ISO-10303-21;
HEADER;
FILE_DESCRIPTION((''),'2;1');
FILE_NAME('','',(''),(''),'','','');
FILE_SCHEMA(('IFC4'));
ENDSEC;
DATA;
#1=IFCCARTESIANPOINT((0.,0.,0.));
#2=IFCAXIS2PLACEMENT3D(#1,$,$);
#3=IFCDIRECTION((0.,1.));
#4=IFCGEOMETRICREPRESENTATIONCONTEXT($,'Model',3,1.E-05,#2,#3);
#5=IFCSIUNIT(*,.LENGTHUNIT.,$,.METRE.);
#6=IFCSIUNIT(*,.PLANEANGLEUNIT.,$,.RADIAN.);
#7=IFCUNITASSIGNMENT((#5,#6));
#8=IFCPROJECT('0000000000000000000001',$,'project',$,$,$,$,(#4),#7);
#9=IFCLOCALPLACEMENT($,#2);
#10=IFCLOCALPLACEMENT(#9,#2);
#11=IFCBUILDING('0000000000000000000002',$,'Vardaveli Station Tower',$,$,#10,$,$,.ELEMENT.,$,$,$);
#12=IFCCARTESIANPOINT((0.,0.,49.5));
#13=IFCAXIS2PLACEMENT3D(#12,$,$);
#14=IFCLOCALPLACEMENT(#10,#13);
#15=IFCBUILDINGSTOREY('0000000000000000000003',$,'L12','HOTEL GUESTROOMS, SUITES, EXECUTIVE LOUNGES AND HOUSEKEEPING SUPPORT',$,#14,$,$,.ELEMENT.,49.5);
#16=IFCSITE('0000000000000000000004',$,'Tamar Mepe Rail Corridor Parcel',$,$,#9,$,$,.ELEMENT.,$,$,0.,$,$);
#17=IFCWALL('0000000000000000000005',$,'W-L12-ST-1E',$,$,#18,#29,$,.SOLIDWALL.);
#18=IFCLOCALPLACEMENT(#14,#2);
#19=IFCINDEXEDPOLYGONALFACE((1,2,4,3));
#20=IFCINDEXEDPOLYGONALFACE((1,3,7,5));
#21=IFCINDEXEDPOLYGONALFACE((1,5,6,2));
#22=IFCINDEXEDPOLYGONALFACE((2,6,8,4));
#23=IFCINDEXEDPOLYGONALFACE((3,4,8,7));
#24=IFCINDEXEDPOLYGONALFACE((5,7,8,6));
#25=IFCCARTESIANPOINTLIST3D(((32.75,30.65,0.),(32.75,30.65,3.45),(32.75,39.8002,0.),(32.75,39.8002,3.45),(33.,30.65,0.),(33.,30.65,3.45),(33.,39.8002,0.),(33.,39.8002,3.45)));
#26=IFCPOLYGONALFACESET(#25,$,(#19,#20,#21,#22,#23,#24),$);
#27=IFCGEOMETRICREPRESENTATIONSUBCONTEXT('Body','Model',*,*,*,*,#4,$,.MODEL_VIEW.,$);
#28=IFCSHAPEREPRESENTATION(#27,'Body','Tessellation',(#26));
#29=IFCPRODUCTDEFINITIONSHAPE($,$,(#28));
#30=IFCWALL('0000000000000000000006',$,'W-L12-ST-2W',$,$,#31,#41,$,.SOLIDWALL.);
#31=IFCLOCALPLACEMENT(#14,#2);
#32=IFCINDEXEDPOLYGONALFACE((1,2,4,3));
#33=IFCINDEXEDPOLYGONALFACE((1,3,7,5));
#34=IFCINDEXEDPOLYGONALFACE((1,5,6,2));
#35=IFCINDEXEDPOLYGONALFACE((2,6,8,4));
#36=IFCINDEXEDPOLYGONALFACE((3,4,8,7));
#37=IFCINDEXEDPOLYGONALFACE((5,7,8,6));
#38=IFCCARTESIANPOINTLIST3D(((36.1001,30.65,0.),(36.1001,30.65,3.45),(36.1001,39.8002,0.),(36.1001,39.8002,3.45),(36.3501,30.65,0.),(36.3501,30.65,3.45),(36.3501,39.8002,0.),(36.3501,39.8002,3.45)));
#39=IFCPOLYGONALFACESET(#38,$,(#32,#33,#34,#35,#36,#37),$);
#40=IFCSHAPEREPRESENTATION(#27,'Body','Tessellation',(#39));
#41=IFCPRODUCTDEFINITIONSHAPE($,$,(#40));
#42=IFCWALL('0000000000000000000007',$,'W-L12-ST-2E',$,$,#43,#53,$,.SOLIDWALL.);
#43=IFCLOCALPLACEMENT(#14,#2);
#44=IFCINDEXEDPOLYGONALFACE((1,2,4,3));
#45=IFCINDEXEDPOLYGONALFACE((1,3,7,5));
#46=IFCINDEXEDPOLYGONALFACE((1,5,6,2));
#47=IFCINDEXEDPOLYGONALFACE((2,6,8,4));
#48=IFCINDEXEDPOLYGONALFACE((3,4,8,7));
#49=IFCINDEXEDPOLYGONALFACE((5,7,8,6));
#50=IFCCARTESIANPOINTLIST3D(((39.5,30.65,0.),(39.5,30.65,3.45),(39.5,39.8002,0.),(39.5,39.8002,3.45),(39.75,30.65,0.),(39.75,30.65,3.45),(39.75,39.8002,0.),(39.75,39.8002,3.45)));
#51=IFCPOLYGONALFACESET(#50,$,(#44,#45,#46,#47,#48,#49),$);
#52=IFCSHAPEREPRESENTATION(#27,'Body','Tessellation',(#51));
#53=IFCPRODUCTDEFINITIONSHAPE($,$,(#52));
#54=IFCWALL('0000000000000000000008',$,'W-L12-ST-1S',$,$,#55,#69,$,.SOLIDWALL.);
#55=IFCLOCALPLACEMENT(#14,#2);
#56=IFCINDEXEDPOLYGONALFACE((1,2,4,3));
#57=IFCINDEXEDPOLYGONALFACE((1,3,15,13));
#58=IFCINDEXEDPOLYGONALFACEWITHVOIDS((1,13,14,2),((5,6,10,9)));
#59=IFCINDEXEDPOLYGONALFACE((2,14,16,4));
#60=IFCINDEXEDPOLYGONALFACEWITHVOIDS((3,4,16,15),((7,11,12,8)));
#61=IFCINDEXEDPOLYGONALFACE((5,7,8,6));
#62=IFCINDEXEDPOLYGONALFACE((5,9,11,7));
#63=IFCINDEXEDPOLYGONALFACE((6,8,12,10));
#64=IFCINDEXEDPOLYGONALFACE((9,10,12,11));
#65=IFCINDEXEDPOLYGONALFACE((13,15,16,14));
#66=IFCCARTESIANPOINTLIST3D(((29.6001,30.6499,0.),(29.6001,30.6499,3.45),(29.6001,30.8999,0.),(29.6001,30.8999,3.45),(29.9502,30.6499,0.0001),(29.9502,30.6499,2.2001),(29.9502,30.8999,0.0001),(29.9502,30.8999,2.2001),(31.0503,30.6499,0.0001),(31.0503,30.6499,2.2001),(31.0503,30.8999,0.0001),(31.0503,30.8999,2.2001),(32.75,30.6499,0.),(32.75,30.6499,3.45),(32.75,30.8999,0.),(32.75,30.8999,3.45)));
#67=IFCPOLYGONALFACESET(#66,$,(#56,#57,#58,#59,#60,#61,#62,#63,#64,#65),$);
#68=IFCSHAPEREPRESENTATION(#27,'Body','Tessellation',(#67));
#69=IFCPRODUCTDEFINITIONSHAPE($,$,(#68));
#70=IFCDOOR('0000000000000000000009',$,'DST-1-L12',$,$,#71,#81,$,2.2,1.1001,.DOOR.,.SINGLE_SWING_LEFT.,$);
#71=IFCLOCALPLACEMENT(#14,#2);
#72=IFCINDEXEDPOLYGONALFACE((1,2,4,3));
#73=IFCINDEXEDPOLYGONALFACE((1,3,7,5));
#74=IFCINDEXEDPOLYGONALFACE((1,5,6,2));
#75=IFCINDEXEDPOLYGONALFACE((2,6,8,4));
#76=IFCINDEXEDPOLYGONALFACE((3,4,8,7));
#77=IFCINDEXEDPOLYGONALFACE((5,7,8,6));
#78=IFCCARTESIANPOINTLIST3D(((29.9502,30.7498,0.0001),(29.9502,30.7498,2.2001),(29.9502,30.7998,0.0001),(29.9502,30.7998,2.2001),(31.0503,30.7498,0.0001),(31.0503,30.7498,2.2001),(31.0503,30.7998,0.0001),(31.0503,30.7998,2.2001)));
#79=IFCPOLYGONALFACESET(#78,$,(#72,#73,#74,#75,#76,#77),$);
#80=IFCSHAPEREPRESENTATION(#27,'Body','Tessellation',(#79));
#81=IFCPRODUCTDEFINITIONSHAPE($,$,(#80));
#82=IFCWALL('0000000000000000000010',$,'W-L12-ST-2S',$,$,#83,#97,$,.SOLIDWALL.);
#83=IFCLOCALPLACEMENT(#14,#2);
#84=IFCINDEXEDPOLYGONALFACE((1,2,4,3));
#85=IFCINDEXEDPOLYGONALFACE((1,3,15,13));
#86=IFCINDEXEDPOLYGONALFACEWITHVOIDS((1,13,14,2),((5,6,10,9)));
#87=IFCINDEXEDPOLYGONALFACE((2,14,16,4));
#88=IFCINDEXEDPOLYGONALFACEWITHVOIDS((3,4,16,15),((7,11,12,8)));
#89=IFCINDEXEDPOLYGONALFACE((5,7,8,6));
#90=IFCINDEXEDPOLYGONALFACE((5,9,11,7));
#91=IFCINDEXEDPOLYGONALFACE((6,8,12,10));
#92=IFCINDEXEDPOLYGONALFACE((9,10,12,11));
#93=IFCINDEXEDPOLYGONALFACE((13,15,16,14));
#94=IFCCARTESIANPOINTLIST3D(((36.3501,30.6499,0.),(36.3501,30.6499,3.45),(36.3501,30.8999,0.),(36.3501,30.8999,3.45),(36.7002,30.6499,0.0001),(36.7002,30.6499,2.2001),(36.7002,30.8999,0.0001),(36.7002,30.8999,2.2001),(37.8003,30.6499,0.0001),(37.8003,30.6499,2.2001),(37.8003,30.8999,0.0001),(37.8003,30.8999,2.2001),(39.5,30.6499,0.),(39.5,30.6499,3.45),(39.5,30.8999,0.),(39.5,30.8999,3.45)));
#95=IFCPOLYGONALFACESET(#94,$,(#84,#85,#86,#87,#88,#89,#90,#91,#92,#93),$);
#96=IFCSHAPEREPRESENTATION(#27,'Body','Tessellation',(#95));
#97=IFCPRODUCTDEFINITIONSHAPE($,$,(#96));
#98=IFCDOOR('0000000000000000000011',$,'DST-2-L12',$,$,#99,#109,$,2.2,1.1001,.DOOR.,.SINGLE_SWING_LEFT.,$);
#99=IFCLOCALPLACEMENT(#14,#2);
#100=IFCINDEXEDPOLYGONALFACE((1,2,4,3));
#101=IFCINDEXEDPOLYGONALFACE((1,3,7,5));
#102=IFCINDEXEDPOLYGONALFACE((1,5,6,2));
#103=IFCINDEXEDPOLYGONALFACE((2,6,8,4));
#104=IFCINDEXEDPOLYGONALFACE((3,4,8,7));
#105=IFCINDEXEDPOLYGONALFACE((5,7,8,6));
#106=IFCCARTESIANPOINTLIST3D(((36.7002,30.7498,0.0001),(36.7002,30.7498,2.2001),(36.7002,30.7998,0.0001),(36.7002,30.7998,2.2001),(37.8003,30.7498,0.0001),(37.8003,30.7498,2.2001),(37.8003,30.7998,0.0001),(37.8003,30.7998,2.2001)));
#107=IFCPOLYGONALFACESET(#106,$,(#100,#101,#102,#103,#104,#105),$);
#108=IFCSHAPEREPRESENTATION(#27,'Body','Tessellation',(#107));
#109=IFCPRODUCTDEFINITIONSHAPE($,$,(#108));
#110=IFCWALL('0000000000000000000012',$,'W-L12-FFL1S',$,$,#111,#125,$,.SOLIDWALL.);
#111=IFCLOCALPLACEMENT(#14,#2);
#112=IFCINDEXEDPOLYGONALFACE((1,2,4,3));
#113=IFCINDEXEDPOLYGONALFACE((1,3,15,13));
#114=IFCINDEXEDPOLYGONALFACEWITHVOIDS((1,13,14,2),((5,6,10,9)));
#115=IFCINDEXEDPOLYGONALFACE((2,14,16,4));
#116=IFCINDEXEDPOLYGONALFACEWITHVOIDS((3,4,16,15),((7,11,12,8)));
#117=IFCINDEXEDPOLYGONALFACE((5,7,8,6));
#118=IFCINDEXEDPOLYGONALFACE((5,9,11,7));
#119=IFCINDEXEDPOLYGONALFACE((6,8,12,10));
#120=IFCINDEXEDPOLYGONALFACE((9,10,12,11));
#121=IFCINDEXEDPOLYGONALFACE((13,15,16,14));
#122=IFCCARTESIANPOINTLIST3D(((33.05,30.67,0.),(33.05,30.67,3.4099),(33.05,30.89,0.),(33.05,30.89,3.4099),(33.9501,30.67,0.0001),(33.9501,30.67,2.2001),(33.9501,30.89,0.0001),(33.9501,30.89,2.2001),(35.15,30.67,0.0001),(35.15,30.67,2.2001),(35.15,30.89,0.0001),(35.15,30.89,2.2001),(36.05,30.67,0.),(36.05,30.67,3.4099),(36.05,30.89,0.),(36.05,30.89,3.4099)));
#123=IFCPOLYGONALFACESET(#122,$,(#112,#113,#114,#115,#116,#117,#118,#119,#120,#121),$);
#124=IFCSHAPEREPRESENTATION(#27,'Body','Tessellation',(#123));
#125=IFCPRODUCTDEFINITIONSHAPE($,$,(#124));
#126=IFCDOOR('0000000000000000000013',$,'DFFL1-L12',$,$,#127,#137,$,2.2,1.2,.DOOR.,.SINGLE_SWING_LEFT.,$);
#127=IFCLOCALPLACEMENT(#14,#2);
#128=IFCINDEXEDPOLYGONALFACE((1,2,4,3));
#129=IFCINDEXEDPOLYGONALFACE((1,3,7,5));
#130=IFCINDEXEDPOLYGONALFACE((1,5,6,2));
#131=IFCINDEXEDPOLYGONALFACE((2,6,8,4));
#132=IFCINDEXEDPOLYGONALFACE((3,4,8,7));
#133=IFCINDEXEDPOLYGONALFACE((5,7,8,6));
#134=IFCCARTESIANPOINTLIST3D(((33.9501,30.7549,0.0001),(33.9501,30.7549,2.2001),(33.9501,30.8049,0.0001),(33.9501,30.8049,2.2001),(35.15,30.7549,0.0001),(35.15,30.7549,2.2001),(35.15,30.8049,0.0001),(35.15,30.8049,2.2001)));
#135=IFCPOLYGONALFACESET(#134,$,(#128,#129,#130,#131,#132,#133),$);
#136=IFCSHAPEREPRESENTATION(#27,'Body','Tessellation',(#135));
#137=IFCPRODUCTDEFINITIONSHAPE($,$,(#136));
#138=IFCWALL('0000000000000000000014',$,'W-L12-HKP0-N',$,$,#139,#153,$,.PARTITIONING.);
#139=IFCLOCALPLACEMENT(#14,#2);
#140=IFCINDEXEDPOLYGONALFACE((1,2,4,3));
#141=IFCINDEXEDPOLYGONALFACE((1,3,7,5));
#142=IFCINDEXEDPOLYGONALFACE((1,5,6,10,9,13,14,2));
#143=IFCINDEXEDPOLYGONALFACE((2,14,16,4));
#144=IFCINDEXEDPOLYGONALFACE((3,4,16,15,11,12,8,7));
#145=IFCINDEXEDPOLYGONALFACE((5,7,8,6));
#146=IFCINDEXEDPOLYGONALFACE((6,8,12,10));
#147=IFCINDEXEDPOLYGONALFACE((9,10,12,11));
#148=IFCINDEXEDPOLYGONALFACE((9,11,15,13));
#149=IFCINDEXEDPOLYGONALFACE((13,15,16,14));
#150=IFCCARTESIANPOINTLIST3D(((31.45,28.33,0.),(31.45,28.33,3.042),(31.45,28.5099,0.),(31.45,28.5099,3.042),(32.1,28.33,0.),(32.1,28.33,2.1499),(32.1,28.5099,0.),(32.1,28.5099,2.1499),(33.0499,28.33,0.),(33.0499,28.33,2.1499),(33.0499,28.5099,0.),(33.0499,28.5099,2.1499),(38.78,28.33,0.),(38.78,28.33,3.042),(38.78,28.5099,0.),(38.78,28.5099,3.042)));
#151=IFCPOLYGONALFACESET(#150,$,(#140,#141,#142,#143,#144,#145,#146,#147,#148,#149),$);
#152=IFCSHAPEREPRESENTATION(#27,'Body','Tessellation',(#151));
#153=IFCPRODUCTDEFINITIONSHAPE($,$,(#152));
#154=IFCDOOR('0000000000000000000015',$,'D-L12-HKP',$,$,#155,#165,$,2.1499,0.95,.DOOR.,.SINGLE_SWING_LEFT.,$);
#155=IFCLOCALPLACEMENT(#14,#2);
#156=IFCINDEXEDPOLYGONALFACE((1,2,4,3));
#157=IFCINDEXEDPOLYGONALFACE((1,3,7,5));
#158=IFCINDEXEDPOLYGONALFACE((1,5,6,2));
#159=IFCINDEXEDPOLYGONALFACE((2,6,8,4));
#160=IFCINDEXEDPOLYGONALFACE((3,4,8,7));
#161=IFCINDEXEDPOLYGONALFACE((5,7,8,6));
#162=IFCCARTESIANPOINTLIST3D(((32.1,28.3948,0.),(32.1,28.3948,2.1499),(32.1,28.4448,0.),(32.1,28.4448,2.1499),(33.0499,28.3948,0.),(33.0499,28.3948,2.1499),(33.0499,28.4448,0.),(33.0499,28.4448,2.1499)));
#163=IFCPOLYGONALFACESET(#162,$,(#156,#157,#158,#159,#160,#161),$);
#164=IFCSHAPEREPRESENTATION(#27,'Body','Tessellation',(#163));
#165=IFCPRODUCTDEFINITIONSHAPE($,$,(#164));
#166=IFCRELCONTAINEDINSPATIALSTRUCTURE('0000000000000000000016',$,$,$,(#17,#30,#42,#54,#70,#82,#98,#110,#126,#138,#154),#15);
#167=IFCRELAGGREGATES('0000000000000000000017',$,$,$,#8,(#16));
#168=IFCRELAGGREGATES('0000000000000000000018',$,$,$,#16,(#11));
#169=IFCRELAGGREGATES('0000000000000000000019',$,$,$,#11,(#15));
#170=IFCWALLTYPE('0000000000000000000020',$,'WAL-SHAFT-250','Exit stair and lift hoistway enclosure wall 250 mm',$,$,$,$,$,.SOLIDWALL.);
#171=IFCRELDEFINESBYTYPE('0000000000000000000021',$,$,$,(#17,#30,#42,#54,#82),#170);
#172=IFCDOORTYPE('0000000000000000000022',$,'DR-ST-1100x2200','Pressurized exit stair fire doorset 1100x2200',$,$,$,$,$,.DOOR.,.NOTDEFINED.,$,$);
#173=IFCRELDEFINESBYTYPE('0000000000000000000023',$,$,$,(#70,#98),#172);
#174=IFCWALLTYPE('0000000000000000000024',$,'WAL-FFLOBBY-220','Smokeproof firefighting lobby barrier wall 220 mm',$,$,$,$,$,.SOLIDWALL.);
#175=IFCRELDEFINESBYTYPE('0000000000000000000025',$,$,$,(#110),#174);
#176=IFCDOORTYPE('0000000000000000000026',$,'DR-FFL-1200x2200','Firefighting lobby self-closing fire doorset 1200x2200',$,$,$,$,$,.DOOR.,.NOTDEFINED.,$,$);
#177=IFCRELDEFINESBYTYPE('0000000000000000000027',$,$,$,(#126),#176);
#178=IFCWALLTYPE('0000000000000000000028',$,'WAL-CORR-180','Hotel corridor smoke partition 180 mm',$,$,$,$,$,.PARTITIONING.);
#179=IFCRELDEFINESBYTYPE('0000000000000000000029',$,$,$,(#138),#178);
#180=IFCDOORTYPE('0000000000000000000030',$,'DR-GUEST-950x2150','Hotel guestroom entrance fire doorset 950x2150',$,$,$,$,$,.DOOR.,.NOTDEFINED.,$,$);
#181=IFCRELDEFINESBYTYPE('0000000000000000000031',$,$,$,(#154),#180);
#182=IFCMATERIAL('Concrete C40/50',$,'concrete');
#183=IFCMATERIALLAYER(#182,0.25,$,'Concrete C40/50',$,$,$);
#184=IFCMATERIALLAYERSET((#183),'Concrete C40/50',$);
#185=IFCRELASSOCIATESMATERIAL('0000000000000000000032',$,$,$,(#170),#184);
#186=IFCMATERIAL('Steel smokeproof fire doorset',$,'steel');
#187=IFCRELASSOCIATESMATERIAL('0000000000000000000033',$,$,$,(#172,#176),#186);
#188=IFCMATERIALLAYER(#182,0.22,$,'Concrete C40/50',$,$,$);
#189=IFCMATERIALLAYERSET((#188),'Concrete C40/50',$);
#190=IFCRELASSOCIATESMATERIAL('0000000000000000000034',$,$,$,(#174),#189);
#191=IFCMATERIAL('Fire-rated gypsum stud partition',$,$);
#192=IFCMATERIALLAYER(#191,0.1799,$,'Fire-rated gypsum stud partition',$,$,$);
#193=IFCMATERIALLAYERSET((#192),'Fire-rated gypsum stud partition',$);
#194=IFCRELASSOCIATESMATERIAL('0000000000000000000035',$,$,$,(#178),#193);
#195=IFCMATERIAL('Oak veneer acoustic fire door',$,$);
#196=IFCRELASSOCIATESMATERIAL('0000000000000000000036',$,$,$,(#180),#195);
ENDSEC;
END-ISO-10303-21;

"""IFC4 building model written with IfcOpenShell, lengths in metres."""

from ifc_helpers import new_model, si_unit, direction, frame, frame_2d, origin, place, context, subcontext, project, spatial, rectangle, extrude, source, transform, mapped, material, layer, layer_set, type_object, element, fill, save


model = new_model("IFC4")

# Units and contexts
model_context = context("Model", 3, precision=1e-05, world=origin(), true_north=direction((0.0, 1.0)))
body_context = subcontext(model_context, "Body", "Model", "MODEL_VIEW")
ifc_project = project(units=[si_unit("LENGTHUNIT", "METRE"), si_unit("PLANEANGLEUNIT", "RADIAN")], contexts=[model_context])

# Site, building, storey
site_placement = place(None, origin())
site = spatial("IfcSite", under=ifc_project, at=site_placement, Name="Tamar Mepe Rail Corridor Parcel", CompositionType="ELEMENT", RefElevation=0.0)
building_placement = place(site_placement, origin())
building = spatial("IfcBuilding", under=site, at=building_placement, Name="Vardaveli Station Tower", CompositionType="ELEMENT")
storey_placement = place(building_placement, frame((0.0, 0.0, 49.5)))
storey = spatial("IfcBuildingStorey", under=building, at=storey_placement, Name="L12", Description="HOTEL GUESTROOMS, SUITES, EXECUTIVE LOUNGES AND HOUSEKEEPING SUPPORT", CompositionType="ELEMENT", Elevation=49.5)

# Walls
ifc_material_1 = material(Name="Concrete C40/50", Category="concrete")
ifc_layer_1 = layer(ifc_material_1, 0.25, Name="Concrete C40/50")
ifc_layer_set_1 = layer_set([ifc_layer_1], Name="Concrete C40/50")
wall_type_1 = type_object("IfcWallType", Name="WAL-SHAFT-250", Description="Exit stair and lift hoistway enclosure wall 250 mm", PredefinedType="SOLIDWALL", material=ifc_layer_set_1)
shared_shape_1 = source(origin(), body_context, "Body", "SweptSolid", [
    extrude(rectangle(XDim=9.1501, YDim=0.25, at=frame_2d((4.5752, 0.0))), origin(), (0.0, 0.0, 1.0), 3.45),
])
for number, where, z_axis, x_axis, name in (
    (1, (32.875, 30.6499, 0.0), (0.0, 0.0, 1.0), (0.0, 1.0, 0.0), "W-L12-ST-1E"),
    (2, (36.2251, 30.6499, 0.0), (0.0, 0.0, 1.0), (0.0, 1.0, 0.0), "W-L12-ST-2W"),
    (3, (39.625, 30.6499, 0.0), (0.0, 0.0, 1.0), (0.0, 1.0, 0.0), "W-L12-ST-2E"),
):
    element("IfcWall", number, at=place(storey_placement, frame(where, z_axis=z_axis, x_axis=x_axis)), inside=storey, type_object=wall_type_1, Name=name, PredefinedType="SOLIDWALL", context=body_context, shape_type="MappedRepresentation", body=[
        mapped(shared_shape_1, transform((0.0, 0.0, 0.0), scale=1.0)),
    ])

# Walls, openings, doors
shared_shape_2 = source(origin(), body_context, "Body", "SweptSolid", [
    extrude(rectangle(XDim=3.1499, YDim=0.25, at=frame_2d((1.575, 0.0))), origin(), (0.0, 0.0, 1.0), 3.45),
])
wall_1_placement = place(storey_placement, frame((29.6001, 30.7749, 0.0), z_axis=(0.0, 0.0, 1.0), x_axis=(1.0, 0.0, 0.0)))
wall_1 = element("IfcWall", 4, at=wall_1_placement, inside=storey, type_object=wall_type_1, Name="W-L12-ST-1S", PredefinedType="SOLIDWALL", context=body_context, shape_type="MappedRepresentation", body=[
    mapped(shared_shape_2, transform((0.0, 0.0, 0.0), scale=1.0)),
])
shared_shape_3 = source(origin(), body_context, "Body", "SweptSolid", [
    extrude(rectangle(XDim=1.1001, YDim=2.2, at=frame_2d((0.55, 1.1001))), frame((0.0, 0.135, 0.0), z_axis=(0.0, -1.0, 0.0), x_axis=(1.0, 0.0, 0.0)), (0.0, 0.0, 1.0), 0.27),
])
opening_1_placement = place(wall_1_placement, frame((0.3501, 0.0, 0.0)))
opening_1 = element("IfcOpeningElement", 5, at=opening_1_placement, cuts=wall_1, PredefinedType="OPENING", context=body_context, shape_type="MappedRepresentation", body=[
    mapped(shared_shape_3, transform((0.0, 0.0, 0.0), scale=1.0)),
])
ifc_material_2 = material(Name="Steel smokeproof fire doorset", Category="steel")
door_type_1 = type_object("IfcDoorType", Name="DR-ST-1100x2200", Description="Pressurized exit stair fire doorset 1100x2200", OperationType="NOTDEFINED", PredefinedType="DOOR", material=ifc_material_2)
shared_shape_4 = source(origin(), body_context, "Body", "SweptSolid", [
    extrude(rectangle(XDim=1.1001, YDim=2.2, at=frame_2d((0.55, 1.1001))), frame((0.0, 0.0249, 0.0), z_axis=(0.0, -1.0, 0.0), x_axis=(1.0, 0.0, 0.0)), (0.0, 0.0, 1.0), 0.05),
])
door_1_placement = place(opening_1_placement, origin())
door_1 = element("IfcDoor", 6, at=door_1_placement, inside=storey, type_object=door_type_1, Name="DST-1-L12", OperationType="SINGLE_SWING_LEFT", OverallHeight=2.2, OverallWidth=1.1001, PredefinedType="DOOR", context=body_context, shape_type="MappedRepresentation", body=[
    mapped(shared_shape_4, transform((0.0, 0.0, 0.0), scale=1.0)),
])
fill(opening_1, door_1)
wall_2_placement = place(storey_placement, frame((36.3501, 30.7749, 0.0), z_axis=(0.0, 0.0, 1.0), x_axis=(1.0, 0.0, 0.0)))
wall_2 = element("IfcWall", 7, at=wall_2_placement, inside=storey, type_object=wall_type_1, Name="W-L12-ST-2S", PredefinedType="SOLIDWALL", context=body_context, shape_type="MappedRepresentation", body=[
    mapped(shared_shape_2, transform((0.0, 0.0, 0.0), scale=1.0)),
])
opening_2_placement = place(wall_2_placement, frame((0.3501, 0.0, 0.0)))
opening_2 = element("IfcOpeningElement", 8, at=opening_2_placement, cuts=wall_2, PredefinedType="OPENING", context=body_context, shape_type="MappedRepresentation", body=[
    mapped(shared_shape_3, transform((0.0, 0.0, 0.0), scale=1.0)),
])
door_2_placement = place(opening_2_placement, origin())
door_2 = element("IfcDoor", 9, at=door_2_placement, inside=storey, type_object=door_type_1, Name="DST-2-L12", OperationType="SINGLE_SWING_LEFT", OverallHeight=2.2, OverallWidth=1.1001, PredefinedType="DOOR", context=body_context, shape_type="MappedRepresentation", body=[
    mapped(shared_shape_4, transform((0.0, 0.0, 0.0), scale=1.0)),
])
fill(opening_2, door_2)
ifc_layer_2 = layer(ifc_material_1, 0.22, Name="Concrete C40/50")
ifc_layer_set_2 = layer_set([ifc_layer_2], Name="Concrete C40/50")
wall_type_2 = type_object("IfcWallType", Name="WAL-FFLOBBY-220", Description="Smokeproof firefighting lobby barrier wall 220 mm", PredefinedType="SOLIDWALL", material=ifc_layer_set_2)
shared_shape_5 = source(origin(), body_context, "Body", "SweptSolid", [
    extrude(rectangle(XDim=3.0, YDim=0.22, at=frame_2d((1.5, 0.0))), origin(), (0.0, 0.0, 1.0), 3.4099),
])
wall_3_placement = place(storey_placement, frame((33.05, 30.78, 0.0), z_axis=(0.0, 0.0, 1.0), x_axis=(1.0, 0.0, 0.0)))
wall_3 = element("IfcWall", 10, at=wall_3_placement, inside=storey, type_object=wall_type_2, Name="W-L12-FFL1S", PredefinedType="SOLIDWALL", context=body_context, shape_type="MappedRepresentation", body=[
    mapped(shared_shape_5, transform((0.0, 0.0, 0.0), scale=1.0)),
])
shared_shape_6 = source(origin(), body_context, "Body", "SweptSolid", [
    extrude(rectangle(XDim=1.2, YDim=2.2, at=frame_2d((0.6001, 1.1001))), frame((0.0, 0.1201, 0.0), z_axis=(0.0, -1.0, 0.0), x_axis=(1.0, 0.0, 0.0)), (0.0, 0.0, 1.0), 0.24),
])
opening_3_placement = place(wall_3_placement, frame((0.8999, 0.0, 0.0)))
opening_3 = element("IfcOpeningElement", 11, at=opening_3_placement, cuts=wall_3, PredefinedType="OPENING", context=body_context, shape_type="MappedRepresentation", body=[
    mapped(shared_shape_6, transform((0.0, 0.0, 0.0), scale=1.0)),
])
door_type_2 = type_object("IfcDoorType", Name="DR-FFL-1200x2200", Description="Firefighting lobby self-closing fire doorset 1200x2200", OperationType="NOTDEFINED", PredefinedType="DOOR", material=ifc_material_2)
shared_shape_7 = source(origin(), body_context, "Body", "SweptSolid", [
    extrude(rectangle(XDim=1.2, YDim=2.2, at=frame_2d((0.6001, 1.1001))), frame((0.0, 0.0249, 0.0), z_axis=(0.0, -1.0, 0.0), x_axis=(1.0, 0.0, 0.0)), (0.0, 0.0, 1.0), 0.05),
])
door_3_placement = place(opening_3_placement, origin())
door_3 = element("IfcDoor", 12, at=door_3_placement, inside=storey, type_object=door_type_2, Name="DFFL1-L12", OperationType="SINGLE_SWING_LEFT", OverallHeight=2.2, OverallWidth=1.2, PredefinedType="DOOR", context=body_context, shape_type="MappedRepresentation", body=[
    mapped(shared_shape_7, transform((0.0, 0.0, 0.0), scale=1.0)),
])
fill(opening_3, door_3)
ifc_material_3 = material(Name="Fire-rated gypsum stud partition")
ifc_layer_3 = layer(ifc_material_3, 0.1799, Name="Fire-rated gypsum stud partition")
ifc_layer_set_3 = layer_set([ifc_layer_3], Name="Fire-rated gypsum stud partition")
wall_type_3 = type_object("IfcWallType", Name="WAL-CORR-180", Description="Hotel corridor smoke partition 180 mm", PredefinedType="PARTITIONING", material=ifc_layer_set_3)
shared_shape_8 = source(origin(), body_context, "Body", "SweptSolid", [
    extrude(rectangle(XDim=7.3301, YDim=0.1799, at=frame_2d((3.665, 0.0))), origin(), (0.0, 0.0, 1.0), 3.042),
])
wall_4_placement = place(storey_placement, frame((31.45, 28.4199, 0.0), z_axis=(0.0, 0.0, 1.0), x_axis=(1.0, 0.0, 0.0)))
wall_4 = element("IfcWall", 13, at=wall_4_placement, inside=storey, type_object=wall_type_3, Name="W-L12-HKP0-N", PredefinedType="PARTITIONING", context=body_context, shape_type="MappedRepresentation", body=[
    mapped(shared_shape_8, transform((0.0, 0.0, 0.0), scale=1.0)),
])
shared_shape_9 = source(origin(), body_context, "Body", "SweptSolid", [
    extrude(rectangle(XDim=0.95, YDim=2.1499, at=frame_2d((0.4751, 1.075))), frame((0.0, 0.1001, 0.0), z_axis=(0.0, -1.0, 0.0), x_axis=(1.0, 0.0, 0.0)), (0.0, 0.0, 1.0), 0.2),
])
opening_4_placement = place(wall_4_placement, frame((0.6499, 0.0, 0.0)))
opening_4 = element("IfcOpeningElement", 14, at=opening_4_placement, cuts=wall_4, PredefinedType="OPENING", context=body_context, shape_type="MappedRepresentation", body=[
    mapped(shared_shape_9, transform((0.0, 0.0, 0.0), scale=1.0)),
])
ifc_material_4 = material(Name="Oak veneer acoustic fire door")
door_type_3 = type_object("IfcDoorType", Name="DR-GUEST-950x2150", Description="Hotel guestroom entrance fire doorset 950x2150", OperationType="NOTDEFINED", PredefinedType="DOOR", material=ifc_material_4)
shared_shape_10 = source(origin(), body_context, "Body", "SweptSolid", [
    extrude(rectangle(XDim=0.95, YDim=2.1499, at=frame_2d((0.4751, 1.075))), frame((0.0, 0.0249, 0.0), z_axis=(0.0, -1.0, 0.0), x_axis=(1.0, 0.0, 0.0)), (0.0, 0.0, 1.0), 0.05),
])
door_4_placement = place(opening_4_placement, origin())
door_4 = element("IfcDoor", 15, at=door_4_placement, inside=storey, type_object=door_type_3, Name="D-L12-HKP", OperationType="SINGLE_SWING_LEFT", OverallHeight=2.1499, OverallWidth=0.95, PredefinedType="DOOR", context=body_context, shape_type="MappedRepresentation", body=[
    mapped(shared_shape_10, transform((0.0, 0.0, 0.0), scale=1.0)),
])
fill(opening_4, door_4)

save(model, "model.ifc")
